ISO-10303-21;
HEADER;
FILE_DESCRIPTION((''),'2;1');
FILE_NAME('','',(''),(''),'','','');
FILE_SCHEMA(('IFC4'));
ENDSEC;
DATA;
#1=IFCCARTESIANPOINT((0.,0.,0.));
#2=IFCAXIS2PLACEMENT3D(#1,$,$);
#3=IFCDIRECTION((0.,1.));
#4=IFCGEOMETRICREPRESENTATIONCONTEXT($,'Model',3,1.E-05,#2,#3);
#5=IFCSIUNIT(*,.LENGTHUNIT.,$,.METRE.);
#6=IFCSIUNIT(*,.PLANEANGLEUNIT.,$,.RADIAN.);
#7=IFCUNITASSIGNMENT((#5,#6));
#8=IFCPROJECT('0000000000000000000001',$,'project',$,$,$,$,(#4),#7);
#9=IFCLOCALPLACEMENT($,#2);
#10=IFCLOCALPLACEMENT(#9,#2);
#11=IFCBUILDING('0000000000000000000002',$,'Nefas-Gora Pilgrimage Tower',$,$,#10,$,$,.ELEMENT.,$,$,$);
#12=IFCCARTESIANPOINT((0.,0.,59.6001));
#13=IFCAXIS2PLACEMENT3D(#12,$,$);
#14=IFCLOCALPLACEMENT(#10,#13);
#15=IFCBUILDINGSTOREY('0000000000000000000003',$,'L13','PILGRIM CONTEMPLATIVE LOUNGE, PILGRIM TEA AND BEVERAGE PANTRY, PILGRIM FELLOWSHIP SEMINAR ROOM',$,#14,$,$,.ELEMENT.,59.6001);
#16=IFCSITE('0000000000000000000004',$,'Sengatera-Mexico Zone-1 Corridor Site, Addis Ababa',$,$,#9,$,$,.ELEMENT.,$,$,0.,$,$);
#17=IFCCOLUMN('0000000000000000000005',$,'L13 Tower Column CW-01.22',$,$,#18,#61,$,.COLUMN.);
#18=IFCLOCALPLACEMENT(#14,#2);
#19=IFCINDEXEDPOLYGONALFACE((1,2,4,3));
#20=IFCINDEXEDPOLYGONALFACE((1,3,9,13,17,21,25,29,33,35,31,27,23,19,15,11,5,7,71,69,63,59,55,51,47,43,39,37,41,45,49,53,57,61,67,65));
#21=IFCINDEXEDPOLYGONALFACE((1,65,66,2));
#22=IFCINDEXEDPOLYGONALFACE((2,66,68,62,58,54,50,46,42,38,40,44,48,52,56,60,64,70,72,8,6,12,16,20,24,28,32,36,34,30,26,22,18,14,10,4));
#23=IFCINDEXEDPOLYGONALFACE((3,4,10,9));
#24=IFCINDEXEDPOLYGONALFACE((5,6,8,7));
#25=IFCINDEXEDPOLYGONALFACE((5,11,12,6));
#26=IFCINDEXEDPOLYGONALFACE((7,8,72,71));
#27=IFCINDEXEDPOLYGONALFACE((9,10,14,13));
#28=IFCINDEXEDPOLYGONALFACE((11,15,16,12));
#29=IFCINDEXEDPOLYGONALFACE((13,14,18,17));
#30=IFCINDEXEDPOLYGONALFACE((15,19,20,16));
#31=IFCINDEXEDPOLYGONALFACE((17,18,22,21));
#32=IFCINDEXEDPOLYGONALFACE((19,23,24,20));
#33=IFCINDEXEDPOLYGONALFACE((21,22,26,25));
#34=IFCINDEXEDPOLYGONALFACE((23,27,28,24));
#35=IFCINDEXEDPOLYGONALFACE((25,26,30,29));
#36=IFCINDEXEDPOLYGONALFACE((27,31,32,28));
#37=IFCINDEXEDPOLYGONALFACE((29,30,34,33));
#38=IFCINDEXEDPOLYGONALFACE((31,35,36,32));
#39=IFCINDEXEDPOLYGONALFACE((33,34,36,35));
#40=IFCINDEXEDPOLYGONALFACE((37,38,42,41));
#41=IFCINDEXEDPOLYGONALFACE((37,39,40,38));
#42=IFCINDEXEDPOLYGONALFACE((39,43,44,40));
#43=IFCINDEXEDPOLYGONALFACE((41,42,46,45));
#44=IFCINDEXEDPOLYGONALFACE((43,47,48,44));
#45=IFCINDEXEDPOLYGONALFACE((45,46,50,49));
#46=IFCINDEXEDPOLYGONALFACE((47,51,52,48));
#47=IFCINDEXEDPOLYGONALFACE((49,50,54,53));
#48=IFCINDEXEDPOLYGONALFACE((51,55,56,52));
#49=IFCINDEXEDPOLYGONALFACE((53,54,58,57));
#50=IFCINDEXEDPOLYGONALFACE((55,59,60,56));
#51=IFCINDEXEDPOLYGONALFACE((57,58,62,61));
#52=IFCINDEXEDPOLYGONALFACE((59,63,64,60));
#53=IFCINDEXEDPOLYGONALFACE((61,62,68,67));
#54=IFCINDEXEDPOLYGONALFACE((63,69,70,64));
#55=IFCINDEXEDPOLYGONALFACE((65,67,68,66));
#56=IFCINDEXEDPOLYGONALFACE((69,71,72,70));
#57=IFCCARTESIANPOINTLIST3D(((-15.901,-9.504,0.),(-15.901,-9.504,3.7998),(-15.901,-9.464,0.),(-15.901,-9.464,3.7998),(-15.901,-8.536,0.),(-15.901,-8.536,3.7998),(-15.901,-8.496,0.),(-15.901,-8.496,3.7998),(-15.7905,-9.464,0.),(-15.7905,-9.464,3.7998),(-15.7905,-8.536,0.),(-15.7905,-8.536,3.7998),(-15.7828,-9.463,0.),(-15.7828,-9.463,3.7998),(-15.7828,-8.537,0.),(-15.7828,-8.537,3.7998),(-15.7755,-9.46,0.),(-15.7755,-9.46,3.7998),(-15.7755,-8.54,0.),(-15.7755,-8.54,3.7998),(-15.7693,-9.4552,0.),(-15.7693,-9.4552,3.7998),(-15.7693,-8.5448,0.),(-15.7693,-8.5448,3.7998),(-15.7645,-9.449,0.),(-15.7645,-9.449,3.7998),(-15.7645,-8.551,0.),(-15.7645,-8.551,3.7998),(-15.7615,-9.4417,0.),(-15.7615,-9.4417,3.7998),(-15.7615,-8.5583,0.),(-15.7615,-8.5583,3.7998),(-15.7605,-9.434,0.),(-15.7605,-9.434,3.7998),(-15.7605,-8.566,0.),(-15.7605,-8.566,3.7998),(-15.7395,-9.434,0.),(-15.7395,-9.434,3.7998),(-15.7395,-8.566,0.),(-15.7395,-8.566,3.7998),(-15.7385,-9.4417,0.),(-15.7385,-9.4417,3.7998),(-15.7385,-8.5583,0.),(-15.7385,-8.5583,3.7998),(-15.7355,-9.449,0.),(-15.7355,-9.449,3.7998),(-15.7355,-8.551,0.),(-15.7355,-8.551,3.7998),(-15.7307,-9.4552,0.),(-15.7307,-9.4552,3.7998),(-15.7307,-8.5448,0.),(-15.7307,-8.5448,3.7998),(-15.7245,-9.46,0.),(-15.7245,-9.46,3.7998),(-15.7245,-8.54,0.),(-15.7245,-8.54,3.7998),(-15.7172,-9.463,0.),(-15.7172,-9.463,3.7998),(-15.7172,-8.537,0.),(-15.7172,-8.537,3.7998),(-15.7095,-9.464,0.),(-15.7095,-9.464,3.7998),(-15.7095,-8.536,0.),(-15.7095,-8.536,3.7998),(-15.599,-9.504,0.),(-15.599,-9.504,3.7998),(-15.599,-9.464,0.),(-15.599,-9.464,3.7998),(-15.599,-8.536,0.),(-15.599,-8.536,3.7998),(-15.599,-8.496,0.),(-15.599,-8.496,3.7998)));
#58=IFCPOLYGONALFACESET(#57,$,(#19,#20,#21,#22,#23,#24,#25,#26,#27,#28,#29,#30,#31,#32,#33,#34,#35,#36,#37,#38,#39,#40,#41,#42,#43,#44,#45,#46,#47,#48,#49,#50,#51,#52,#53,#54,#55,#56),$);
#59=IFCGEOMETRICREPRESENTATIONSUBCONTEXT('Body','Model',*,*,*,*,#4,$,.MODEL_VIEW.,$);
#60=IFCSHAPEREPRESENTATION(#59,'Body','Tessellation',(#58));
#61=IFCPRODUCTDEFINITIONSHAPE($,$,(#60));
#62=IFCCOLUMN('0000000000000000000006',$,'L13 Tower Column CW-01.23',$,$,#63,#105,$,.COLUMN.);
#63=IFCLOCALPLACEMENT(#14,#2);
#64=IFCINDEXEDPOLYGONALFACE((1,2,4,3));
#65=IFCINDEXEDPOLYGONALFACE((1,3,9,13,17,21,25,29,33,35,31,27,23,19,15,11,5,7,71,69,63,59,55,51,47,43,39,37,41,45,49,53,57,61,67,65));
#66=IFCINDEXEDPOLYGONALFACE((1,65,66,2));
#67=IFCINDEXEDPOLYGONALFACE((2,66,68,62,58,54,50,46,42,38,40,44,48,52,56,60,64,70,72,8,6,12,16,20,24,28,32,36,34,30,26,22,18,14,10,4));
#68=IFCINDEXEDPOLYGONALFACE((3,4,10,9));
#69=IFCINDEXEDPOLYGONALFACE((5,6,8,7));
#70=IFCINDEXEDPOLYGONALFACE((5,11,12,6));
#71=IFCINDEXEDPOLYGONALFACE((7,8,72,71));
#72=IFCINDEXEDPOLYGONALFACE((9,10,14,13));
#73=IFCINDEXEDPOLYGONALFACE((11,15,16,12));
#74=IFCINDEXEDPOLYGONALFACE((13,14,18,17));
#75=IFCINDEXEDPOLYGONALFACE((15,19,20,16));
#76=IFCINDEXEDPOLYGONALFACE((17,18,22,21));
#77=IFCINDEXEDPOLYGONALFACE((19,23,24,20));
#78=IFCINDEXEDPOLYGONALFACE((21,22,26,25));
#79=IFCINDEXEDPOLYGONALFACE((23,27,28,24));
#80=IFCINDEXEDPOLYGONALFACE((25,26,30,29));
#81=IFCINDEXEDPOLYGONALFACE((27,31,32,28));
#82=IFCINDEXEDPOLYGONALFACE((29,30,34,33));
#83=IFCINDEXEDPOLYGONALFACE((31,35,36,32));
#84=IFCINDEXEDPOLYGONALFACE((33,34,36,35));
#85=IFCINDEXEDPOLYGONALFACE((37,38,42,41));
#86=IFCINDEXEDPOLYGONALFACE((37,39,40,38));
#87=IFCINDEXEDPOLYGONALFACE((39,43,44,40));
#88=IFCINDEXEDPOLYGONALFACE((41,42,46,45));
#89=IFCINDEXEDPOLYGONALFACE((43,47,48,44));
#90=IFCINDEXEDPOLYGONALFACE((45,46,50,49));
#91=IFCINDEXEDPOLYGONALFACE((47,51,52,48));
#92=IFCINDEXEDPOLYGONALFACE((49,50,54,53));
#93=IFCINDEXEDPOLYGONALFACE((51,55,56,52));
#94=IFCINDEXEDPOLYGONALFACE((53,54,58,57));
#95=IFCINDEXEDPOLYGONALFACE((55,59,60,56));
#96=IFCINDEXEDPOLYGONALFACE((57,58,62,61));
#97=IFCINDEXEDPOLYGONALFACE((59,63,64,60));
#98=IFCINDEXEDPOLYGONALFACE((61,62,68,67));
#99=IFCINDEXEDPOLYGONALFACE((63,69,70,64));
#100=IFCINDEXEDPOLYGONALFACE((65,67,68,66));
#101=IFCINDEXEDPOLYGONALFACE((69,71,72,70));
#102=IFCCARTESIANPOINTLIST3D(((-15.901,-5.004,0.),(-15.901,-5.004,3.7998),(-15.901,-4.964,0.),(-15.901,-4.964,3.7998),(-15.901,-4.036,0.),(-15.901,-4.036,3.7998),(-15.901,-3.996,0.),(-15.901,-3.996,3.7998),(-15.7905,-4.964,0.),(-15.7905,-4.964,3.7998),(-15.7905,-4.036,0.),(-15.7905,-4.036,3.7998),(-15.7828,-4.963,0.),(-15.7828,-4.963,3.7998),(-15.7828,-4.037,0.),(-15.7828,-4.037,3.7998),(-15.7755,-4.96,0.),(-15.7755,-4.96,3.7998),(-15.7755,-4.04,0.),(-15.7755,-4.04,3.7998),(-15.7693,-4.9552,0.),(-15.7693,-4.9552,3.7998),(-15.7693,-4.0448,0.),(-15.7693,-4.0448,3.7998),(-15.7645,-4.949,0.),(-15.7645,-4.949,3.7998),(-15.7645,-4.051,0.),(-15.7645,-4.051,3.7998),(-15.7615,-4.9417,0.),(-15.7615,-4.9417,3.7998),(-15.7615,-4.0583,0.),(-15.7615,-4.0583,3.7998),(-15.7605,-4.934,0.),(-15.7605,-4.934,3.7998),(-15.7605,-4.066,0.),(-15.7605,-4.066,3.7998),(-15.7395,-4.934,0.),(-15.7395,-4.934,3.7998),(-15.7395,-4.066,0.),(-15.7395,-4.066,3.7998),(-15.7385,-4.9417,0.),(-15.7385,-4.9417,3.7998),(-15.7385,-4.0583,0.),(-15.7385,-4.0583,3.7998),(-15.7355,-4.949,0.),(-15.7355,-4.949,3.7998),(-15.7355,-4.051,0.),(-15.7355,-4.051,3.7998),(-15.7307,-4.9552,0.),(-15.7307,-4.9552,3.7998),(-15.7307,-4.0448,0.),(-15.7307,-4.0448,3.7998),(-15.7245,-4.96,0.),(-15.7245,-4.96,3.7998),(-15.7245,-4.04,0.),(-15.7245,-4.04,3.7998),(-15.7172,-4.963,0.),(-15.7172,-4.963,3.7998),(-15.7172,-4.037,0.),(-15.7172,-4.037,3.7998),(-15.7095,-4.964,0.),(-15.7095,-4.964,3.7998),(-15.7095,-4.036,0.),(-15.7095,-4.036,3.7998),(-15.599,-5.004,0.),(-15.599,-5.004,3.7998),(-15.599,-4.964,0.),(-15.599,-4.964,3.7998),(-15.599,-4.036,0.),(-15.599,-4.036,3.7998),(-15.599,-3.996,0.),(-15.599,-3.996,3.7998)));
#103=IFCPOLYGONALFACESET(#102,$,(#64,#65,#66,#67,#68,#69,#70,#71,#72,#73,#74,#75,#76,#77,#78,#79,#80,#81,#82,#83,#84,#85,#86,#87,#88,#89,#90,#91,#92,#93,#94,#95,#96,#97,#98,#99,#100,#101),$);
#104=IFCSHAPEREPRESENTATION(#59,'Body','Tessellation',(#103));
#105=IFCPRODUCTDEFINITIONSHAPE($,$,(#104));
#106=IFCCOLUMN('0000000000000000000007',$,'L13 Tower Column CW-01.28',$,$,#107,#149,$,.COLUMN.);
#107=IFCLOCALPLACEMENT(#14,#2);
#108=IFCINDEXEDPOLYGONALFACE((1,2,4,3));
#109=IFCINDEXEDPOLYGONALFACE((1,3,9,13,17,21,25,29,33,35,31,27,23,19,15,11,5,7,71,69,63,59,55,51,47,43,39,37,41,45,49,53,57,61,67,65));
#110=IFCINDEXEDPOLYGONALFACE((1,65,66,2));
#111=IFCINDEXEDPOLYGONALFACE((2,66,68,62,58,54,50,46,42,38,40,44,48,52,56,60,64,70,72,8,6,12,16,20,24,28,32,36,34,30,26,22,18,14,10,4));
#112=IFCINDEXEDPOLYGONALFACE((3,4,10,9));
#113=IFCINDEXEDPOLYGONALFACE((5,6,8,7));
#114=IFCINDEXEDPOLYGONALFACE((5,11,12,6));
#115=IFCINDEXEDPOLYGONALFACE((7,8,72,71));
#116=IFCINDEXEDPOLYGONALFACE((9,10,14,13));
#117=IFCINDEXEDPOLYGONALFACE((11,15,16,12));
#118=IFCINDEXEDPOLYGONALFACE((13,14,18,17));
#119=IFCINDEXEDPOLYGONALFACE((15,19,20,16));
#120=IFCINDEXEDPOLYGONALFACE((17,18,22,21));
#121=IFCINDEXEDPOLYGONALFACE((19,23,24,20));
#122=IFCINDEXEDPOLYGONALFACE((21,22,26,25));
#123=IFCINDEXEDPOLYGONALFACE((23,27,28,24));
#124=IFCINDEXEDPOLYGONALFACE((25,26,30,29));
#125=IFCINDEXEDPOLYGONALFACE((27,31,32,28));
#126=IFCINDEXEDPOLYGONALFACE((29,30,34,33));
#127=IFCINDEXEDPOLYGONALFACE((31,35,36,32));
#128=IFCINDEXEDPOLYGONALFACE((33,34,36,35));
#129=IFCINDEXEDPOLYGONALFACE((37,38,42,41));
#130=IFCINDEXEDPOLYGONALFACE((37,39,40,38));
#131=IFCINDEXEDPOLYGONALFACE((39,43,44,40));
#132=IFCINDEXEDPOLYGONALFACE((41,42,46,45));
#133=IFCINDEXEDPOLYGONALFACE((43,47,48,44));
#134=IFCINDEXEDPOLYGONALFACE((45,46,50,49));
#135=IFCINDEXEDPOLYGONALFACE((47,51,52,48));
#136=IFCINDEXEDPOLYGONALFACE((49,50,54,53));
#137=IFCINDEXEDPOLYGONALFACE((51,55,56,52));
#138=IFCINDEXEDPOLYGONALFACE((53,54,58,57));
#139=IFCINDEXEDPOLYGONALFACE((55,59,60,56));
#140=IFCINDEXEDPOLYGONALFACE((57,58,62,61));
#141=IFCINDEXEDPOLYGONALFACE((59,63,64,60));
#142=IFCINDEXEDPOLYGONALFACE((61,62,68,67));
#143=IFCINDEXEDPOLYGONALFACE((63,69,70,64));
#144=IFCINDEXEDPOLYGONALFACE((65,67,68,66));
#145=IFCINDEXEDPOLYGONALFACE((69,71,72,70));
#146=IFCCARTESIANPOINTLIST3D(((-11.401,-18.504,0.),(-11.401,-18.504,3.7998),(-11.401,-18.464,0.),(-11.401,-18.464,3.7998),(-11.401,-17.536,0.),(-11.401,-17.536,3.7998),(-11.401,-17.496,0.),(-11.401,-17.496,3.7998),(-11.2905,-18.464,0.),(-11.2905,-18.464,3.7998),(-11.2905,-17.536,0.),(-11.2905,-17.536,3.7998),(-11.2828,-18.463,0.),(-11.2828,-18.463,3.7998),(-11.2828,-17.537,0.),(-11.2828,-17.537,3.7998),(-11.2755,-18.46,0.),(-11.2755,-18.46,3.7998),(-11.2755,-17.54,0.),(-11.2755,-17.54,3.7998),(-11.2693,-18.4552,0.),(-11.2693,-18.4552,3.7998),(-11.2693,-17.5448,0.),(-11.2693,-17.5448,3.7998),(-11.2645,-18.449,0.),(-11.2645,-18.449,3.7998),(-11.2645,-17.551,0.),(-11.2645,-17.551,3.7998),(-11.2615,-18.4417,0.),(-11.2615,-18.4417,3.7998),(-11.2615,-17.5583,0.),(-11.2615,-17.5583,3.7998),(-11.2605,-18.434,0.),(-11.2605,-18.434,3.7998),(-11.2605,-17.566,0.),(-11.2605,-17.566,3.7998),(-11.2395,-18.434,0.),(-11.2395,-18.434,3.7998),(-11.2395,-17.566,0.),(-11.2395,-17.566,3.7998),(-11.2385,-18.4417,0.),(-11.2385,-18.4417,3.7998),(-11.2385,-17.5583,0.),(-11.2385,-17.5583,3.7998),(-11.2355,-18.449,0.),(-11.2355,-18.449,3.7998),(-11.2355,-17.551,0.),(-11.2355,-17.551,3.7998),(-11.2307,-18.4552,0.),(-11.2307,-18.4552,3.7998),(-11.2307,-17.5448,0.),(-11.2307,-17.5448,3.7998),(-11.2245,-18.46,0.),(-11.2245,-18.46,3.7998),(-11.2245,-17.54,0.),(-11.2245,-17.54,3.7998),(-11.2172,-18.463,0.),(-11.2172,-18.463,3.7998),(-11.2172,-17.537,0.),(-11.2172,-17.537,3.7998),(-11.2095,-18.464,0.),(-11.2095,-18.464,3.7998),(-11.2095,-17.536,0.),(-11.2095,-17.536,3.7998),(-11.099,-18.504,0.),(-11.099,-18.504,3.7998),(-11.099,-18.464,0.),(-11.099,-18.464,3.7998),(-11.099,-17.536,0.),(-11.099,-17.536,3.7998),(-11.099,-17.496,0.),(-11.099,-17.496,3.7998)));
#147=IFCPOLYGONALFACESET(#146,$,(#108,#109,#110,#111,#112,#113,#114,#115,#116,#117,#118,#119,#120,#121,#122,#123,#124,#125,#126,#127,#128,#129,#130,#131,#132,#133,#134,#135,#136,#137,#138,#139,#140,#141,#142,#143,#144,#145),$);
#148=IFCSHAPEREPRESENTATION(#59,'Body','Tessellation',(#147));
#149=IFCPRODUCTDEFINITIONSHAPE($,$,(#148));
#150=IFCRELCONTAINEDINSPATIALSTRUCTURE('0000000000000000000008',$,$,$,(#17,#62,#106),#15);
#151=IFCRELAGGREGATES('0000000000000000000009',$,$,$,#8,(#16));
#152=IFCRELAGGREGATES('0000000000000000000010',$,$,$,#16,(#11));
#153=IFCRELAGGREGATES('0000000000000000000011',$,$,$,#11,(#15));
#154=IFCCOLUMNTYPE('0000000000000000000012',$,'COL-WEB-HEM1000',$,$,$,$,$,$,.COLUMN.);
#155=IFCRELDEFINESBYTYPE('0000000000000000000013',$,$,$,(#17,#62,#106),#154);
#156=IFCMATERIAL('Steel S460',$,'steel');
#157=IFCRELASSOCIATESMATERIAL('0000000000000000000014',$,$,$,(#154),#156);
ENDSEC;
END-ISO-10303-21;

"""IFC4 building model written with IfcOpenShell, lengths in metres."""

from ifc_helpers import new_model, si_unit, direction, frame, origin, origin_2d, place, context, subcontext, project, spatial, i_section, extrude, source, transform, mapped, material, material_profile, profile_set, type_object, element, save


model = new_model("IFC4")

# Units and contexts
model_context = context("Model", 3, precision=1e-05, world=origin(), true_north=direction((0.0, 1.0)))
body_context = subcontext(model_context, "Body", "Model", "MODEL_VIEW")
ifc_project = project(units=[si_unit("LENGTHUNIT", "METRE"), si_unit("PLANEANGLEUNIT", "RADIAN")], contexts=[model_context])

# Site, building, storey
site_placement = place(None, origin())
site = spatial("IfcSite", under=ifc_project, at=site_placement, Name="Sengatera-Mexico Zone-1 Corridor Site, Addis Ababa", CompositionType="ELEMENT", RefElevation=0.0)
building_placement = place(site_placement, origin())
building = spatial("IfcBuilding", under=site, at=building_placement, Name="Nefas-Gora Pilgrimage Tower", CompositionType="ELEMENT")
storey_placement = place(building_placement, frame((0.0, 0.0, 59.6001)))
storey = spatial("IfcBuildingStorey", under=building, at=storey_placement, Name="L13", Description="PILGRIM CONTEMPLATIVE LOUNGE, PILGRIM TEA AND BEVERAGE PANTRY, PILGRIM FELLOWSHIP SEMINAR ROOM", CompositionType="ELEMENT", Elevation=59.6001)

# Columns
ifc_material_1 = material(Name="Steel S460", Category="steel")
ifc_material_profile_1 = material_profile(ifc_material_1, i_section(OverallWidth=0.302, OverallDepth=1.0081, WebThickness=0.021, FlangeThickness=0.04, FilletRadius=0.03, at=origin_2d()), Name="HEM 1000")
ifc_profile_set_1 = profile_set([ifc_material_profile_1], Name="Steel S460")
column_type_1 = type_object("IfcColumnType", Name="COL-WEB-HEM1000", PredefinedType="COLUMN", material=ifc_profile_set_1)
shared_shape_1 = source(origin(), body_context, "Body", "SweptSolid", [
    extrude(i_section(OverallWidth=0.302, OverallDepth=1.0081, WebThickness=0.021, FlangeThickness=0.04, FilletRadius=0.03, at=origin_2d()), origin(), (0.0, 0.0, 1.0), 3.7998),
])
for number, where, z_axis, x_axis, name in (
    (1, (-15.75, -9.0, 0.0), (0.0, 0.0, 1.0), (1.0, 0.0, 0.0), "L13 Tower Column CW-01.22"),
    (2, (-15.75, -4.5, 0.0), (0.0, 0.0, 1.0), (1.0, 0.0, 0.0), "L13 Tower Column CW-01.23"),
    (3, (-11.25, -18.0, 0.0), (0.0, 0.0, 1.0), (1.0, 0.0, 0.0), "L13 Tower Column CW-01.28"),
):
    element("IfcColumn", number, at=place(storey_placement, frame(where, z_axis=z_axis, x_axis=x_axis)), inside=storey, type_object=column_type_1, Name=name, PredefinedType="COLUMN", context=body_context, shape_type="MappedRepresentation", body=[
        mapped(shared_shape_1, transform((0.0, 0.0, 0.0), x_axis=(1.0, 0.0, 0.0), y_axis=(0.0, 1.0, 0.0), z_axis=(0.0, 0.0, 1.0), scale=1.0)),
    ])

save(model, "model.ifc")
